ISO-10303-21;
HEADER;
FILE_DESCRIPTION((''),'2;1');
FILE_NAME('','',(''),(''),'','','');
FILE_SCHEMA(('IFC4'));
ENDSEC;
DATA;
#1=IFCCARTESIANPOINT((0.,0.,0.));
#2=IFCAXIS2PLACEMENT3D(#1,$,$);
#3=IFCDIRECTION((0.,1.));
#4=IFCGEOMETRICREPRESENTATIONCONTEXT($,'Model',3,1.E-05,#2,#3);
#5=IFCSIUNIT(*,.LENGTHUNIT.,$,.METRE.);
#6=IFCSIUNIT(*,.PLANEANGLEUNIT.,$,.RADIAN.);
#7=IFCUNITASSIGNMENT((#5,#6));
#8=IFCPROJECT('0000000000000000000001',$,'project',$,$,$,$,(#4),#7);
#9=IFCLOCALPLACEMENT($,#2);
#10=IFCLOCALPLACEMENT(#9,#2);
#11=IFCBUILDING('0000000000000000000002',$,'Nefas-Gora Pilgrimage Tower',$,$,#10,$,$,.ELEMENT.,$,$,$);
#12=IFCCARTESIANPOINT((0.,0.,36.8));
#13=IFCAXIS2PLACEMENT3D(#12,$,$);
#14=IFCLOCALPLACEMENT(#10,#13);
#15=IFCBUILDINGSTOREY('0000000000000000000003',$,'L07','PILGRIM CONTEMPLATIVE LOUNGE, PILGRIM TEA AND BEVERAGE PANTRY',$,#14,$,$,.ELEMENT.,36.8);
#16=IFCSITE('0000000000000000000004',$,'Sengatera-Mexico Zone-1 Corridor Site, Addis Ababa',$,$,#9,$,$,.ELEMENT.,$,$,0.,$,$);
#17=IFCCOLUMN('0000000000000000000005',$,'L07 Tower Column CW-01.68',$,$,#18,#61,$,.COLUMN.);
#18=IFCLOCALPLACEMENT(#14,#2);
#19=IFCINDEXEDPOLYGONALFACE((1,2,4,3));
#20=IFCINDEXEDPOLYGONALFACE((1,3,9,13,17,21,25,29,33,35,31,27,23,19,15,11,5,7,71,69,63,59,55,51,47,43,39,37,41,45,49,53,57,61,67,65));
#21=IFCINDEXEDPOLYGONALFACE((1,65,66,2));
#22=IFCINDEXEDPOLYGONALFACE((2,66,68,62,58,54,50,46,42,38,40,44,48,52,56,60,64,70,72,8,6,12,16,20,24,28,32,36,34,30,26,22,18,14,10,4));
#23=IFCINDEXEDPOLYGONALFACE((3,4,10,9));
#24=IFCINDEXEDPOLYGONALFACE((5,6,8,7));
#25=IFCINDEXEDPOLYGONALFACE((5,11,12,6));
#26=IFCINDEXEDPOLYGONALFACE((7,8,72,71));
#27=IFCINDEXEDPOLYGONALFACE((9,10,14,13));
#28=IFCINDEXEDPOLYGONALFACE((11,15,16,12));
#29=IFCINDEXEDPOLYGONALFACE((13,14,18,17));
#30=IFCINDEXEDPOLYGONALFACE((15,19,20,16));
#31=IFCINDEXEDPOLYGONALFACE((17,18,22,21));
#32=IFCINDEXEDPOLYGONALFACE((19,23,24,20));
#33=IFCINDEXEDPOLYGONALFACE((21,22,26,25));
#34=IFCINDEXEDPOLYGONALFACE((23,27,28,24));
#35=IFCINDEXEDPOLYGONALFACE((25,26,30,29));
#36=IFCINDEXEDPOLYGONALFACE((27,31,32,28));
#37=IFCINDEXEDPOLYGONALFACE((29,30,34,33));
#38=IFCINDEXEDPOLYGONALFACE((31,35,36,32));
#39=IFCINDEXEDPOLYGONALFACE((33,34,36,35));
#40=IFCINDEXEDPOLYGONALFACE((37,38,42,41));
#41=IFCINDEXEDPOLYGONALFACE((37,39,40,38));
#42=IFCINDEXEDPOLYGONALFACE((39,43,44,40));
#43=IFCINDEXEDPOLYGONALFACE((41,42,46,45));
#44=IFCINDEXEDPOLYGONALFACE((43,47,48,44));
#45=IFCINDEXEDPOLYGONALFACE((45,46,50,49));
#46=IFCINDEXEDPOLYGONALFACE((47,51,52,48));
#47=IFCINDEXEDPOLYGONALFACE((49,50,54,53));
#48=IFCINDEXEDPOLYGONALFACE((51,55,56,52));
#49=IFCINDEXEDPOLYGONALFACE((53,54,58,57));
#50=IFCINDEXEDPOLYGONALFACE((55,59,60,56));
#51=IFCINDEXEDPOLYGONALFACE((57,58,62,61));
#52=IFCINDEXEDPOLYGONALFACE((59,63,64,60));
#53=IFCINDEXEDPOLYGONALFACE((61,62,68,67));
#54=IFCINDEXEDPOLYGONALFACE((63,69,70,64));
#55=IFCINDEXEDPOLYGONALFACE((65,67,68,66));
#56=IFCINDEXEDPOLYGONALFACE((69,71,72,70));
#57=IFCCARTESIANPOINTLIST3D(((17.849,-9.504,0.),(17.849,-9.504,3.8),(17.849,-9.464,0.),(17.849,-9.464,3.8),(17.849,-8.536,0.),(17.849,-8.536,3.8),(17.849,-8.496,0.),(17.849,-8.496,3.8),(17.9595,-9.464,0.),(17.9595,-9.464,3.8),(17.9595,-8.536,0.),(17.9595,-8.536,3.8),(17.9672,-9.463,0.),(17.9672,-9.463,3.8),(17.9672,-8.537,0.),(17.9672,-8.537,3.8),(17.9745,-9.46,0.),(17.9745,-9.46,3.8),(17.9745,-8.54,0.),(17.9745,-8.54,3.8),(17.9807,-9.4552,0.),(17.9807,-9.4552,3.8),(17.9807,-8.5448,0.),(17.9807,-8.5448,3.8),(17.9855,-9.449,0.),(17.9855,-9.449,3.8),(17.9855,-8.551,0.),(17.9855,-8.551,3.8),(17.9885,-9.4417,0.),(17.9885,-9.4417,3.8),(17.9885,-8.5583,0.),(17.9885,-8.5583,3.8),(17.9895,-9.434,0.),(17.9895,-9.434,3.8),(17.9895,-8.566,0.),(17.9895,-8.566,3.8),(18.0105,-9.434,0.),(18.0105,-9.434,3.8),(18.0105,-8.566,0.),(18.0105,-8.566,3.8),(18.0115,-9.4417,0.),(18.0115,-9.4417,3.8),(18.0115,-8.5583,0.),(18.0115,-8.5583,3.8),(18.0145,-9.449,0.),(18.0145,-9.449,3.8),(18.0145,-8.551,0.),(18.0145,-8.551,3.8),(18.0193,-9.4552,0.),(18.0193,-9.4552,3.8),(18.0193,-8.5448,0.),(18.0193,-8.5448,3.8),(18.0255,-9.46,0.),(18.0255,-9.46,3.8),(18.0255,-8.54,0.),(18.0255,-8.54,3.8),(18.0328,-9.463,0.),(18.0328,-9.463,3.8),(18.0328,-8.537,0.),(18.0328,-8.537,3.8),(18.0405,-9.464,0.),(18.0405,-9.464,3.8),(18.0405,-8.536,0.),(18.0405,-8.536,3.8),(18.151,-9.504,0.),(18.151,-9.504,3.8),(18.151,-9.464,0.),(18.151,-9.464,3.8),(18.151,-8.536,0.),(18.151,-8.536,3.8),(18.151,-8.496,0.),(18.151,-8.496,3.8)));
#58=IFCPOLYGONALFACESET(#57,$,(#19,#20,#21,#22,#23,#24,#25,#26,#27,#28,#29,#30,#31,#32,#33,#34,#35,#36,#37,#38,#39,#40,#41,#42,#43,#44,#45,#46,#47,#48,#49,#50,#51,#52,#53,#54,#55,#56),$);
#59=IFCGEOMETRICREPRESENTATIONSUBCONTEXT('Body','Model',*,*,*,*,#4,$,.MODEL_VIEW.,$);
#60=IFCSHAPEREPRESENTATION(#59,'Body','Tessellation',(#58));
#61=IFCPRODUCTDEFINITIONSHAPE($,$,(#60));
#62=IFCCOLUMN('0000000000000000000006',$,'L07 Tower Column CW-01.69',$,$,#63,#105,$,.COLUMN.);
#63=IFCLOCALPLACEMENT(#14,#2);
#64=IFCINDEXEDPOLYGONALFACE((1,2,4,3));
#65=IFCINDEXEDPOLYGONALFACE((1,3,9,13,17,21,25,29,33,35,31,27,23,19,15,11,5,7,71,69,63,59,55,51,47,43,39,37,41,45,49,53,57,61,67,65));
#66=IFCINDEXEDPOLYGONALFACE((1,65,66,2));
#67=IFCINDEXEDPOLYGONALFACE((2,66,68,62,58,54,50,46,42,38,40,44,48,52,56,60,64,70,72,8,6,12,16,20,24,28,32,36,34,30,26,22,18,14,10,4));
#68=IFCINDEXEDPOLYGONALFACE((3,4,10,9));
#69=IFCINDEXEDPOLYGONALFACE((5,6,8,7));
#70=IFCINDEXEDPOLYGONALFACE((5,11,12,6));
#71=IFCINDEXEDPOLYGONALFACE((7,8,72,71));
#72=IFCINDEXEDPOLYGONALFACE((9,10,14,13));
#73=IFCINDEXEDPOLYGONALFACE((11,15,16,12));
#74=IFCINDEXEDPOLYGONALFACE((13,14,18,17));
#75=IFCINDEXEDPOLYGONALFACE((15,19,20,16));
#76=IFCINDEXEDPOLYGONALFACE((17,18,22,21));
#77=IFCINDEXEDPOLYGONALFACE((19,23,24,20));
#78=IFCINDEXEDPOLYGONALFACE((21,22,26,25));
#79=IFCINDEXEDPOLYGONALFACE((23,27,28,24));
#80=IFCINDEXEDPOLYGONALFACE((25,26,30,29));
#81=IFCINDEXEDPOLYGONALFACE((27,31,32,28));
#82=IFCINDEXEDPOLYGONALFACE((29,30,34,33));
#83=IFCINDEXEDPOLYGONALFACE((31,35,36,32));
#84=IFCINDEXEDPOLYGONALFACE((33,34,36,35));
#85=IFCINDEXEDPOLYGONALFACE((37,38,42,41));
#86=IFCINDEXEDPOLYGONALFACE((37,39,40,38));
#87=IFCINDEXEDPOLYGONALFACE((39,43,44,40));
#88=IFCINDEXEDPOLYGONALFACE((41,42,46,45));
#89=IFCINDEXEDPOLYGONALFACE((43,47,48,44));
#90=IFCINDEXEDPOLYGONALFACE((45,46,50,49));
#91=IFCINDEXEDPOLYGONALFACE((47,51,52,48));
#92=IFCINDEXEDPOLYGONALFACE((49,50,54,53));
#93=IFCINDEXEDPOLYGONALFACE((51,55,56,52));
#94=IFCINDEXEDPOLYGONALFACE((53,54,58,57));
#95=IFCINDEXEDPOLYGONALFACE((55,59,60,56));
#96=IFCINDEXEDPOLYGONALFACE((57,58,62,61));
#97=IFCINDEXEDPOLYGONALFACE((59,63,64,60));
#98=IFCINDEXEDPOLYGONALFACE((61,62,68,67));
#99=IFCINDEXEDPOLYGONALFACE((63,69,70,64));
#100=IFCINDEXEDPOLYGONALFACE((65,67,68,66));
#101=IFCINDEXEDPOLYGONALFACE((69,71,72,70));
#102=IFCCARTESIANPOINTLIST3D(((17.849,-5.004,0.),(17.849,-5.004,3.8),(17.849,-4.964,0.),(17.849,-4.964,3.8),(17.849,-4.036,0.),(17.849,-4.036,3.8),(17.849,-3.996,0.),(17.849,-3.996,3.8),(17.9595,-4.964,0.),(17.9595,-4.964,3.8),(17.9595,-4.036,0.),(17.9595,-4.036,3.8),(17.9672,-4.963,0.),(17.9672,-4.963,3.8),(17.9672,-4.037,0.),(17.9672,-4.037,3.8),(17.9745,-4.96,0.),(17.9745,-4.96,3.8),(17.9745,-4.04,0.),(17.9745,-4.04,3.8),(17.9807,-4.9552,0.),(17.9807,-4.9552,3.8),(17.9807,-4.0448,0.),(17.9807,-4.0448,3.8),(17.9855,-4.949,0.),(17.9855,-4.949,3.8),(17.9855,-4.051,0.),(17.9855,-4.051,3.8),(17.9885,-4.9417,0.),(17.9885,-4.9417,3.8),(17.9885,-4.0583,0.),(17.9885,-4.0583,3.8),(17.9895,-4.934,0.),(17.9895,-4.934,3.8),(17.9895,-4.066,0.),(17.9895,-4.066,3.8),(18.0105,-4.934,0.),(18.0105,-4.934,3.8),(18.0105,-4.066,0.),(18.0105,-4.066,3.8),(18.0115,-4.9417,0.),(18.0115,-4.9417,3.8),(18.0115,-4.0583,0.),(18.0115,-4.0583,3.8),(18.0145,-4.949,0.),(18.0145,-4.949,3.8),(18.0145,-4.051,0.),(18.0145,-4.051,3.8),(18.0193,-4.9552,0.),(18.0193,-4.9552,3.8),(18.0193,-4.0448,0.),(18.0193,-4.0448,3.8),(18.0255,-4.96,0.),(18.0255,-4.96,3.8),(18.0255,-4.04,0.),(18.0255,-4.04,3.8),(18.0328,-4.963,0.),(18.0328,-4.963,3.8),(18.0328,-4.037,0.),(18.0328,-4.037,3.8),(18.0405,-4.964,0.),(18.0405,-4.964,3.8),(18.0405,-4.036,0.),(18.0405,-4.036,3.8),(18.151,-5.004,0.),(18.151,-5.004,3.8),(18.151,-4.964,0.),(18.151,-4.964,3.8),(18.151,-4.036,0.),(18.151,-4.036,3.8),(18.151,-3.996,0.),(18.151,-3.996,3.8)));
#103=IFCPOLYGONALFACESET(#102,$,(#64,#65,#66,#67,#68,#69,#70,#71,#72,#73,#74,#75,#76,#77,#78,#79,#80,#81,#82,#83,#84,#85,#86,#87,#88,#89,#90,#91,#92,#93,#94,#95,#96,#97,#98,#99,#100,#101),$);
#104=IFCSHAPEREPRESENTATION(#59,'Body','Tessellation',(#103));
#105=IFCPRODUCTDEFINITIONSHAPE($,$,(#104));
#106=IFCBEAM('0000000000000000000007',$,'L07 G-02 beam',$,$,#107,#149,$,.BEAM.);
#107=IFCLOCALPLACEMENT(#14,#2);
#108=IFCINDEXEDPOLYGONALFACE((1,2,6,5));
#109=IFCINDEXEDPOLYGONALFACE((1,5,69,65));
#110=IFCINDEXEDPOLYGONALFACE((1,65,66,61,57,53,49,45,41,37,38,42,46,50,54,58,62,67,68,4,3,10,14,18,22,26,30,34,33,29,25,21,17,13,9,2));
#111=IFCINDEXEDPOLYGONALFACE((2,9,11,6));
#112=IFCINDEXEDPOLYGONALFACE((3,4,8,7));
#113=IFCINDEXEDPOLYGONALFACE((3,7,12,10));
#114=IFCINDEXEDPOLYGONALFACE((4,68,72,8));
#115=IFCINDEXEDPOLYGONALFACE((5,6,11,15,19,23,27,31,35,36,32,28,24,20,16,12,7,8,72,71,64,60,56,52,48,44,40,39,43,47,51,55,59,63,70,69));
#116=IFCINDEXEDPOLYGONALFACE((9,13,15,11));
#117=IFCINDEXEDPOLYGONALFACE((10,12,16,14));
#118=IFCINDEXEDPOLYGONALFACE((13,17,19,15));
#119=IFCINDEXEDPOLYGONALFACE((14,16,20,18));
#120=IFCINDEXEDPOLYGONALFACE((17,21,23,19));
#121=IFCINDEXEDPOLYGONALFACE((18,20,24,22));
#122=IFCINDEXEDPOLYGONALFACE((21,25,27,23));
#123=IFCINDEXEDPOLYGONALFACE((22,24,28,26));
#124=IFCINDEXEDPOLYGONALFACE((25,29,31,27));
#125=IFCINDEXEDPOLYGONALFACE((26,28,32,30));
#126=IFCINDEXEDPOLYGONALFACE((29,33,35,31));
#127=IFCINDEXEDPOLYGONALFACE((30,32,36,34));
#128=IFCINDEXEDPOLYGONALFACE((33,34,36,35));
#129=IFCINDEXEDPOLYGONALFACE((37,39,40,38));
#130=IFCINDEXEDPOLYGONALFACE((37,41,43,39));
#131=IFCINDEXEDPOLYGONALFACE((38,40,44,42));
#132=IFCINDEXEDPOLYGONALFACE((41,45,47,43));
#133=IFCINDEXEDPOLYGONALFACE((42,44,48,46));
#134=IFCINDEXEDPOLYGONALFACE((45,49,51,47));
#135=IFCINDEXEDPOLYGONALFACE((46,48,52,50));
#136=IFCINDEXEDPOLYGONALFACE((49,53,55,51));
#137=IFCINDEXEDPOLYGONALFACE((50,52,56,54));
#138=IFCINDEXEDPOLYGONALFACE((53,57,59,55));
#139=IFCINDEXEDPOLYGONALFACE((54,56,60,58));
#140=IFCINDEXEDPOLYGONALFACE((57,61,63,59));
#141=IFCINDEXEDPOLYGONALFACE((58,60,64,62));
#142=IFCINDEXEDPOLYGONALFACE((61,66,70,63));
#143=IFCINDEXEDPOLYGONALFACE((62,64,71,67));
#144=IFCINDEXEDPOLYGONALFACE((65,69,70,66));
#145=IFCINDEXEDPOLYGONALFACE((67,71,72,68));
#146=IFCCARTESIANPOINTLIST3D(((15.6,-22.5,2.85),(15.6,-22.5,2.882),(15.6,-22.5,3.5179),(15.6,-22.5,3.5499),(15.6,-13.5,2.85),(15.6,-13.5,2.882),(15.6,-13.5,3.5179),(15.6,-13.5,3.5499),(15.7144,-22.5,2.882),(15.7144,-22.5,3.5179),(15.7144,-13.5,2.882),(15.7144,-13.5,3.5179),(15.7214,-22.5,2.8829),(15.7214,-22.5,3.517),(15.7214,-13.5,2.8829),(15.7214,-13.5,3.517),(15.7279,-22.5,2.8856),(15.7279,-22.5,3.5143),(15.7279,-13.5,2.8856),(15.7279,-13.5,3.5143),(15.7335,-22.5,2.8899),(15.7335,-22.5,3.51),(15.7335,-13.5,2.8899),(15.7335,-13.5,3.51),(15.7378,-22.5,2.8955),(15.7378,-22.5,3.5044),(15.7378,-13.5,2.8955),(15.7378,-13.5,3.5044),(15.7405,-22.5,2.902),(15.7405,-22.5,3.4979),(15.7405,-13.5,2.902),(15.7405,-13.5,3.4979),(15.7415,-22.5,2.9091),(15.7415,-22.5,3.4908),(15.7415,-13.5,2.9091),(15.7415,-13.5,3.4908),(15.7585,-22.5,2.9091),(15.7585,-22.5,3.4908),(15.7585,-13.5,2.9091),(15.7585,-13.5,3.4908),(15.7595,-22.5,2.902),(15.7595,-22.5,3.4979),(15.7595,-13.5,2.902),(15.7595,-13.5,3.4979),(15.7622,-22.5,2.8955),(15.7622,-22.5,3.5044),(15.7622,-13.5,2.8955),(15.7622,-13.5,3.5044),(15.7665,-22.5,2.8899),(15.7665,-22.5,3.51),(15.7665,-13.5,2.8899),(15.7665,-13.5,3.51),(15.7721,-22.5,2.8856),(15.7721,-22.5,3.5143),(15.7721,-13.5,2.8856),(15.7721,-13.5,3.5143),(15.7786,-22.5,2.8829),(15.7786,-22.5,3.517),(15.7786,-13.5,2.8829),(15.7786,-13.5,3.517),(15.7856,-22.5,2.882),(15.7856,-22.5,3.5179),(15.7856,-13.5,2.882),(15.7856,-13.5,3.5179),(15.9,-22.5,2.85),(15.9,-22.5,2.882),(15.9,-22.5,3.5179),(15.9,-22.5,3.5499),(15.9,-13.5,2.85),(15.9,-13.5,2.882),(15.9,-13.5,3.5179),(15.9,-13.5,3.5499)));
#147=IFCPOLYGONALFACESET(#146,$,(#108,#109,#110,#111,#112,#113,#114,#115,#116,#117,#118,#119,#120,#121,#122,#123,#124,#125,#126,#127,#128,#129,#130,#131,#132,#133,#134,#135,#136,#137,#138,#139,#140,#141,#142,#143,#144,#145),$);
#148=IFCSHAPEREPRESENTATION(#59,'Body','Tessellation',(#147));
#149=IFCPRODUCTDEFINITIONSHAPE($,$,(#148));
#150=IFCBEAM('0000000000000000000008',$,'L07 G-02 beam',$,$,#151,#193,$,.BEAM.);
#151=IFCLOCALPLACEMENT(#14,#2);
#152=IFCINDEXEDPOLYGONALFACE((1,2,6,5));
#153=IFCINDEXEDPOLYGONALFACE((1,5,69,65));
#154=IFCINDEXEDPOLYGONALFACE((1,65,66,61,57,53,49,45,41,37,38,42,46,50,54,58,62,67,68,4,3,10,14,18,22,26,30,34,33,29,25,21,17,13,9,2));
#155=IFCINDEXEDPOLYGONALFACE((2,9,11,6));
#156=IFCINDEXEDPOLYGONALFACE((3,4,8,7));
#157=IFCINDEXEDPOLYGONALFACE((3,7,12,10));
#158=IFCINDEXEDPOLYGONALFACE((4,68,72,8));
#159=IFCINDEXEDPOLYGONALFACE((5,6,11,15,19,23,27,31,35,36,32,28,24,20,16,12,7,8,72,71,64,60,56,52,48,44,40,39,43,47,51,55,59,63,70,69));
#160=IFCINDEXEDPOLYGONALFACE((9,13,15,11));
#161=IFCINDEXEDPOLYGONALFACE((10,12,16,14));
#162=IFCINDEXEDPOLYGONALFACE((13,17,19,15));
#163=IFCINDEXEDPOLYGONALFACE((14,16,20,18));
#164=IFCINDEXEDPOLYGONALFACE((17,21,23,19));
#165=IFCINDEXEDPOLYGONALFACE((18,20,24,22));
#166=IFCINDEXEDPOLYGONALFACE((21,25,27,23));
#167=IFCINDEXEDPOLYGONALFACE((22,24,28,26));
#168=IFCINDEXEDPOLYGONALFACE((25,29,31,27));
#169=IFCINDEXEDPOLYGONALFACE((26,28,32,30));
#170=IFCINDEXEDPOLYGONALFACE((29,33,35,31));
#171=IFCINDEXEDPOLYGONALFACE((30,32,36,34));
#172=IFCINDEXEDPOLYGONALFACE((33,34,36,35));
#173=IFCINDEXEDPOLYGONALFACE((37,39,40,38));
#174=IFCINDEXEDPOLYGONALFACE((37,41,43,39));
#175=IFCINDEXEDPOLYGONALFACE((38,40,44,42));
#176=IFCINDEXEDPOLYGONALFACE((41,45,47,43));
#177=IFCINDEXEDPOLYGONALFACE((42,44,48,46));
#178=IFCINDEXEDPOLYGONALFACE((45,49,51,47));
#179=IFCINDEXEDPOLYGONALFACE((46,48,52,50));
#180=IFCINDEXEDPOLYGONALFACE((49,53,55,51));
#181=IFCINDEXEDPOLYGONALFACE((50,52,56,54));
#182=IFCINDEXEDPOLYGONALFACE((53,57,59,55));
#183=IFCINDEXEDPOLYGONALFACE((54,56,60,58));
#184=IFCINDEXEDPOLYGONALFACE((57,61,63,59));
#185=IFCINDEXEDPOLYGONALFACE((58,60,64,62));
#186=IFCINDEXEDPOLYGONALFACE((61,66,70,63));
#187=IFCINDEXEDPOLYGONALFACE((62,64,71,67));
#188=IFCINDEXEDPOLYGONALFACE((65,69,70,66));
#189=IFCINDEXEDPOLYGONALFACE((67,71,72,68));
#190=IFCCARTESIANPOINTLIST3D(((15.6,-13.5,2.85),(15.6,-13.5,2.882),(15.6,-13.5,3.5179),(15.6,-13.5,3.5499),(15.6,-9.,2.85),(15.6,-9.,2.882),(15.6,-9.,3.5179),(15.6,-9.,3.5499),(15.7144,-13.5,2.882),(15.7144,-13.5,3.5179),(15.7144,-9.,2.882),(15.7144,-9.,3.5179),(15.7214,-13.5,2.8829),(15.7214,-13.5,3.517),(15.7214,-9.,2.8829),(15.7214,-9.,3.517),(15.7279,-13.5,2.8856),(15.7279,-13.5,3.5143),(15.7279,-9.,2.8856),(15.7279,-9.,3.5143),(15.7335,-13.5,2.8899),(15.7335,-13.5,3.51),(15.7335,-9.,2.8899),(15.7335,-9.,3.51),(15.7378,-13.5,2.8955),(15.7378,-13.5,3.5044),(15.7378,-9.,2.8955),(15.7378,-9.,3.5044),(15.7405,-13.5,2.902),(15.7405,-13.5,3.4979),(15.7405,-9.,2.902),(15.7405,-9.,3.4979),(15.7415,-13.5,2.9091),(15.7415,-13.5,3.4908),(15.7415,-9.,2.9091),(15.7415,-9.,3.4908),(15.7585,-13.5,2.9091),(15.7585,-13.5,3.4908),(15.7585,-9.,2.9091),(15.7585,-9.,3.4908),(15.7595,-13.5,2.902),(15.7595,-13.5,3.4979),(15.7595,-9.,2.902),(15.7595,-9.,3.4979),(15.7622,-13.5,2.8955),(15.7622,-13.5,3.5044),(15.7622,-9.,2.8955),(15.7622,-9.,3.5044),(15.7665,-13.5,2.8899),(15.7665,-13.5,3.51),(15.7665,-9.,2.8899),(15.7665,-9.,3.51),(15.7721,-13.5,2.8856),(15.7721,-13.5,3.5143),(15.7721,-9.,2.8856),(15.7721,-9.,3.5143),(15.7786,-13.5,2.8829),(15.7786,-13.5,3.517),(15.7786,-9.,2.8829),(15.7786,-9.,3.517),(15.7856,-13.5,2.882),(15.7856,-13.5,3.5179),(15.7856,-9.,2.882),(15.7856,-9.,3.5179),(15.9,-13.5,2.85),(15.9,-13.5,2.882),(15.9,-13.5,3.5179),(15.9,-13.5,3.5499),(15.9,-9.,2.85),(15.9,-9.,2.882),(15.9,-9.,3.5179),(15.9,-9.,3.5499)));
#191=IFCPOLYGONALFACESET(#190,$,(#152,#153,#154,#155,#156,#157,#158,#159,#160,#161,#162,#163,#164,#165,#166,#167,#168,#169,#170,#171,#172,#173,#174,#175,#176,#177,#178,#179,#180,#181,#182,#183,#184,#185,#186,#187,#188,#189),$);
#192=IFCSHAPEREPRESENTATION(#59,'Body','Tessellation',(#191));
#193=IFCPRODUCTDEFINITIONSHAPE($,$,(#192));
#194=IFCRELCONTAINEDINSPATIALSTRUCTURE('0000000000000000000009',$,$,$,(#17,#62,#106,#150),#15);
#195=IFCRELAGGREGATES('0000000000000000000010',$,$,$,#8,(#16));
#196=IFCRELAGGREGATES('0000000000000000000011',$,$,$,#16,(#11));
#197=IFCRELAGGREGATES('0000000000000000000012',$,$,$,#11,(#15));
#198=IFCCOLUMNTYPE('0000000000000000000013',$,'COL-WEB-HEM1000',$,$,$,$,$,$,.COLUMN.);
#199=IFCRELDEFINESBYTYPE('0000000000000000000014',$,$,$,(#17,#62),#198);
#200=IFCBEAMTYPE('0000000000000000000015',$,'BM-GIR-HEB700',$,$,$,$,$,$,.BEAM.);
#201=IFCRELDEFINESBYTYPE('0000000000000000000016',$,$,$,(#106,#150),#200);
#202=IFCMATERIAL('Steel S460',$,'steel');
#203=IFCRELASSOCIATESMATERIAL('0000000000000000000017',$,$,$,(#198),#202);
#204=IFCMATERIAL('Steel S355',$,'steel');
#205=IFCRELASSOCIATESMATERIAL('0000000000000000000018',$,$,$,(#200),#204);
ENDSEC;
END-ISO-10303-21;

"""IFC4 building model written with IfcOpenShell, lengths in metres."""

from ifc_helpers import new_model, si_unit, direction, frame, origin, origin_2d, place, context, subcontext, project, spatial, i_section, extrude, source, transform, mapped, material, material_profile, profile_set, type_object, element, save


model = new_model("IFC4")

# Units and contexts
model_context = context("Model", 3, precision=1e-05, world=origin(), true_north=direction((0.0, 1.0)))
body_context = subcontext(model_context, "Body", "Model", "MODEL_VIEW")
ifc_project = project(units=[si_unit("LENGTHUNIT", "METRE"), si_unit("PLANEANGLEUNIT", "RADIAN")], contexts=[model_context])

# Site, building, storey
site_placement = place(None, origin())
site = spatial("IfcSite", under=ifc_project, at=site_placement, Name="Sengatera-Mexico Zone-1 Corridor Site, Addis Ababa", CompositionType="ELEMENT", RefElevation=0.0)
building_placement = place(site_placement, origin())
building = spatial("IfcBuilding", under=site, at=building_placement, Name="Nefas-Gora Pilgrimage Tower", CompositionType="ELEMENT")
storey_placement = place(building_placement, frame((0.0, 0.0, 36.8)))
storey = spatial("IfcBuildingStorey", under=building, at=storey_placement, Name="L07", Description="PILGRIM CONTEMPLATIVE LOUNGE, PILGRIM TEA AND BEVERAGE PANTRY", CompositionType="ELEMENT", Elevation=36.8)

# Columns
ifc_material_1 = material(Name="Steel S460", Category="steel")
ifc_material_profile_1 = material_profile(ifc_material_1, i_section(OverallWidth=0.302, OverallDepth=1.0081, WebThickness=0.021, FlangeThickness=0.04, FilletRadius=0.03, at=origin_2d()), Name="HEM 1000")
ifc_profile_set_1 = profile_set([ifc_material_profile_1], Name="Steel S460")
column_type_1 = type_object("IfcColumnType", Name="COL-WEB-HEM1000", PredefinedType="COLUMN", material=ifc_profile_set_1)
shared_shape_1 = source(origin(), body_context, "Body", "SweptSolid", [
    extrude(i_section(OverallWidth=0.302, OverallDepth=1.0081, WebThickness=0.021, FlangeThickness=0.04, FilletRadius=0.03, at=origin_2d()), origin(), (0.0, 0.0, 1.0), 3.8),
])
for number, where, z_axis, x_axis, name in (
    (1, (18.0, -9.0, 0.0), (0.0, 0.0, 1.0), (1.0, 0.0, 0.0), "L07 Tower Column CW-01.68"),
    (2, (18.0, -4.5, 0.0), (0.0, 0.0, 1.0), (1.0, 0.0, 0.0), "L07 Tower Column CW-01.69"),
):
    element("IfcColumn", number, at=place(storey_placement, frame(where, z_axis=z_axis, x_axis=x_axis)), inside=storey, type_object=column_type_1, Name=name, PredefinedType="COLUMN", context=body_context, shape_type="MappedRepresentation", body=[
        mapped(shared_shape_1, transform((0.0, 0.0, 0.0), x_axis=(1.0, 0.0, 0.0), y_axis=(0.0, 1.0, 0.0), z_axis=(0.0, 0.0, 1.0), scale=1.0)),
    ])

# Beams
ifc_material_2 = material(Name="Steel S355", Category="steel")
ifc_material_profile_2 = material_profile(ifc_material_2, i_section(OverallWidth=0.3, OverallDepth=0.7, WebThickness=0.0171, FlangeThickness=0.032, FilletRadius=0.0271, at=origin_2d()), Name="HEB 700")
ifc_profile_set_2 = profile_set([ifc_material_profile_2], Name="Steel S355")
beam_type_1 = type_object("IfcBeamType", Name="BM-GIR-HEB700", PredefinedType="BEAM", material=ifc_profile_set_2)
shared_shape_2 = source(origin(), body_context, "Body", "SweptSolid", [
    extrude(i_section(OverallWidth=0.3, OverallDepth=0.7, WebThickness=0.0171, FlangeThickness=0.032, FilletRadius=0.0271, at=origin_2d()), origin(), (0.0, 0.0, 1.0), 9.0),
])
beam_placement = place(storey_placement, frame((15.75, -22.5, 3.2), z_axis=(0.0, 1.0, 0.0), x_axis=(-1.0, 0.0, 0.0)))
element("IfcBeam", 3, at=beam_placement, inside=storey, type_object=beam_type_1, Name="L07 G-02 beam", PredefinedType="BEAM", context=body_context, shape_type="MappedRepresentation", body=[
    mapped(shared_shape_2, transform((0.0, 0.0, 0.0), x_axis=(1.0, 0.0, 0.0), y_axis=(0.0, 1.0, 0.0), z_axis=(0.0, 0.0, 1.0), scale=1.0)),
])
shared_shape_3 = source(origin(), body_context, "Body", "SweptSolid", [
    extrude(i_section(OverallWidth=0.3, OverallDepth=0.7, WebThickness=0.0171, FlangeThickness=0.032, FilletRadius=0.0271, at=origin_2d()), origin(), (0.0, 0.0, 1.0), 4.5),
])
for number, where, z_axis, x_axis, name in (
    (4, (15.75, -13.5, 3.2), (0.0, 1.0, 0.0), (-1.0, 0.0, 0.0), "L07 G-02 beam"),
):
    element("IfcBeam", number, at=place(storey_placement, frame(where, z_axis=z_axis, x_axis=x_axis)), inside=storey, type_object=beam_type_1, Name=name, PredefinedType="BEAM", context=body_context, shape_type="MappedRepresentation", body=[
        mapped(shared_shape_3, transform((0.0, 0.0, 0.0), x_axis=(1.0, 0.0, 0.0), y_axis=(0.0, 1.0, 0.0), z_axis=(0.0, 0.0, 1.0), scale=1.0)),
    ])

save(model, "model.ifc")
